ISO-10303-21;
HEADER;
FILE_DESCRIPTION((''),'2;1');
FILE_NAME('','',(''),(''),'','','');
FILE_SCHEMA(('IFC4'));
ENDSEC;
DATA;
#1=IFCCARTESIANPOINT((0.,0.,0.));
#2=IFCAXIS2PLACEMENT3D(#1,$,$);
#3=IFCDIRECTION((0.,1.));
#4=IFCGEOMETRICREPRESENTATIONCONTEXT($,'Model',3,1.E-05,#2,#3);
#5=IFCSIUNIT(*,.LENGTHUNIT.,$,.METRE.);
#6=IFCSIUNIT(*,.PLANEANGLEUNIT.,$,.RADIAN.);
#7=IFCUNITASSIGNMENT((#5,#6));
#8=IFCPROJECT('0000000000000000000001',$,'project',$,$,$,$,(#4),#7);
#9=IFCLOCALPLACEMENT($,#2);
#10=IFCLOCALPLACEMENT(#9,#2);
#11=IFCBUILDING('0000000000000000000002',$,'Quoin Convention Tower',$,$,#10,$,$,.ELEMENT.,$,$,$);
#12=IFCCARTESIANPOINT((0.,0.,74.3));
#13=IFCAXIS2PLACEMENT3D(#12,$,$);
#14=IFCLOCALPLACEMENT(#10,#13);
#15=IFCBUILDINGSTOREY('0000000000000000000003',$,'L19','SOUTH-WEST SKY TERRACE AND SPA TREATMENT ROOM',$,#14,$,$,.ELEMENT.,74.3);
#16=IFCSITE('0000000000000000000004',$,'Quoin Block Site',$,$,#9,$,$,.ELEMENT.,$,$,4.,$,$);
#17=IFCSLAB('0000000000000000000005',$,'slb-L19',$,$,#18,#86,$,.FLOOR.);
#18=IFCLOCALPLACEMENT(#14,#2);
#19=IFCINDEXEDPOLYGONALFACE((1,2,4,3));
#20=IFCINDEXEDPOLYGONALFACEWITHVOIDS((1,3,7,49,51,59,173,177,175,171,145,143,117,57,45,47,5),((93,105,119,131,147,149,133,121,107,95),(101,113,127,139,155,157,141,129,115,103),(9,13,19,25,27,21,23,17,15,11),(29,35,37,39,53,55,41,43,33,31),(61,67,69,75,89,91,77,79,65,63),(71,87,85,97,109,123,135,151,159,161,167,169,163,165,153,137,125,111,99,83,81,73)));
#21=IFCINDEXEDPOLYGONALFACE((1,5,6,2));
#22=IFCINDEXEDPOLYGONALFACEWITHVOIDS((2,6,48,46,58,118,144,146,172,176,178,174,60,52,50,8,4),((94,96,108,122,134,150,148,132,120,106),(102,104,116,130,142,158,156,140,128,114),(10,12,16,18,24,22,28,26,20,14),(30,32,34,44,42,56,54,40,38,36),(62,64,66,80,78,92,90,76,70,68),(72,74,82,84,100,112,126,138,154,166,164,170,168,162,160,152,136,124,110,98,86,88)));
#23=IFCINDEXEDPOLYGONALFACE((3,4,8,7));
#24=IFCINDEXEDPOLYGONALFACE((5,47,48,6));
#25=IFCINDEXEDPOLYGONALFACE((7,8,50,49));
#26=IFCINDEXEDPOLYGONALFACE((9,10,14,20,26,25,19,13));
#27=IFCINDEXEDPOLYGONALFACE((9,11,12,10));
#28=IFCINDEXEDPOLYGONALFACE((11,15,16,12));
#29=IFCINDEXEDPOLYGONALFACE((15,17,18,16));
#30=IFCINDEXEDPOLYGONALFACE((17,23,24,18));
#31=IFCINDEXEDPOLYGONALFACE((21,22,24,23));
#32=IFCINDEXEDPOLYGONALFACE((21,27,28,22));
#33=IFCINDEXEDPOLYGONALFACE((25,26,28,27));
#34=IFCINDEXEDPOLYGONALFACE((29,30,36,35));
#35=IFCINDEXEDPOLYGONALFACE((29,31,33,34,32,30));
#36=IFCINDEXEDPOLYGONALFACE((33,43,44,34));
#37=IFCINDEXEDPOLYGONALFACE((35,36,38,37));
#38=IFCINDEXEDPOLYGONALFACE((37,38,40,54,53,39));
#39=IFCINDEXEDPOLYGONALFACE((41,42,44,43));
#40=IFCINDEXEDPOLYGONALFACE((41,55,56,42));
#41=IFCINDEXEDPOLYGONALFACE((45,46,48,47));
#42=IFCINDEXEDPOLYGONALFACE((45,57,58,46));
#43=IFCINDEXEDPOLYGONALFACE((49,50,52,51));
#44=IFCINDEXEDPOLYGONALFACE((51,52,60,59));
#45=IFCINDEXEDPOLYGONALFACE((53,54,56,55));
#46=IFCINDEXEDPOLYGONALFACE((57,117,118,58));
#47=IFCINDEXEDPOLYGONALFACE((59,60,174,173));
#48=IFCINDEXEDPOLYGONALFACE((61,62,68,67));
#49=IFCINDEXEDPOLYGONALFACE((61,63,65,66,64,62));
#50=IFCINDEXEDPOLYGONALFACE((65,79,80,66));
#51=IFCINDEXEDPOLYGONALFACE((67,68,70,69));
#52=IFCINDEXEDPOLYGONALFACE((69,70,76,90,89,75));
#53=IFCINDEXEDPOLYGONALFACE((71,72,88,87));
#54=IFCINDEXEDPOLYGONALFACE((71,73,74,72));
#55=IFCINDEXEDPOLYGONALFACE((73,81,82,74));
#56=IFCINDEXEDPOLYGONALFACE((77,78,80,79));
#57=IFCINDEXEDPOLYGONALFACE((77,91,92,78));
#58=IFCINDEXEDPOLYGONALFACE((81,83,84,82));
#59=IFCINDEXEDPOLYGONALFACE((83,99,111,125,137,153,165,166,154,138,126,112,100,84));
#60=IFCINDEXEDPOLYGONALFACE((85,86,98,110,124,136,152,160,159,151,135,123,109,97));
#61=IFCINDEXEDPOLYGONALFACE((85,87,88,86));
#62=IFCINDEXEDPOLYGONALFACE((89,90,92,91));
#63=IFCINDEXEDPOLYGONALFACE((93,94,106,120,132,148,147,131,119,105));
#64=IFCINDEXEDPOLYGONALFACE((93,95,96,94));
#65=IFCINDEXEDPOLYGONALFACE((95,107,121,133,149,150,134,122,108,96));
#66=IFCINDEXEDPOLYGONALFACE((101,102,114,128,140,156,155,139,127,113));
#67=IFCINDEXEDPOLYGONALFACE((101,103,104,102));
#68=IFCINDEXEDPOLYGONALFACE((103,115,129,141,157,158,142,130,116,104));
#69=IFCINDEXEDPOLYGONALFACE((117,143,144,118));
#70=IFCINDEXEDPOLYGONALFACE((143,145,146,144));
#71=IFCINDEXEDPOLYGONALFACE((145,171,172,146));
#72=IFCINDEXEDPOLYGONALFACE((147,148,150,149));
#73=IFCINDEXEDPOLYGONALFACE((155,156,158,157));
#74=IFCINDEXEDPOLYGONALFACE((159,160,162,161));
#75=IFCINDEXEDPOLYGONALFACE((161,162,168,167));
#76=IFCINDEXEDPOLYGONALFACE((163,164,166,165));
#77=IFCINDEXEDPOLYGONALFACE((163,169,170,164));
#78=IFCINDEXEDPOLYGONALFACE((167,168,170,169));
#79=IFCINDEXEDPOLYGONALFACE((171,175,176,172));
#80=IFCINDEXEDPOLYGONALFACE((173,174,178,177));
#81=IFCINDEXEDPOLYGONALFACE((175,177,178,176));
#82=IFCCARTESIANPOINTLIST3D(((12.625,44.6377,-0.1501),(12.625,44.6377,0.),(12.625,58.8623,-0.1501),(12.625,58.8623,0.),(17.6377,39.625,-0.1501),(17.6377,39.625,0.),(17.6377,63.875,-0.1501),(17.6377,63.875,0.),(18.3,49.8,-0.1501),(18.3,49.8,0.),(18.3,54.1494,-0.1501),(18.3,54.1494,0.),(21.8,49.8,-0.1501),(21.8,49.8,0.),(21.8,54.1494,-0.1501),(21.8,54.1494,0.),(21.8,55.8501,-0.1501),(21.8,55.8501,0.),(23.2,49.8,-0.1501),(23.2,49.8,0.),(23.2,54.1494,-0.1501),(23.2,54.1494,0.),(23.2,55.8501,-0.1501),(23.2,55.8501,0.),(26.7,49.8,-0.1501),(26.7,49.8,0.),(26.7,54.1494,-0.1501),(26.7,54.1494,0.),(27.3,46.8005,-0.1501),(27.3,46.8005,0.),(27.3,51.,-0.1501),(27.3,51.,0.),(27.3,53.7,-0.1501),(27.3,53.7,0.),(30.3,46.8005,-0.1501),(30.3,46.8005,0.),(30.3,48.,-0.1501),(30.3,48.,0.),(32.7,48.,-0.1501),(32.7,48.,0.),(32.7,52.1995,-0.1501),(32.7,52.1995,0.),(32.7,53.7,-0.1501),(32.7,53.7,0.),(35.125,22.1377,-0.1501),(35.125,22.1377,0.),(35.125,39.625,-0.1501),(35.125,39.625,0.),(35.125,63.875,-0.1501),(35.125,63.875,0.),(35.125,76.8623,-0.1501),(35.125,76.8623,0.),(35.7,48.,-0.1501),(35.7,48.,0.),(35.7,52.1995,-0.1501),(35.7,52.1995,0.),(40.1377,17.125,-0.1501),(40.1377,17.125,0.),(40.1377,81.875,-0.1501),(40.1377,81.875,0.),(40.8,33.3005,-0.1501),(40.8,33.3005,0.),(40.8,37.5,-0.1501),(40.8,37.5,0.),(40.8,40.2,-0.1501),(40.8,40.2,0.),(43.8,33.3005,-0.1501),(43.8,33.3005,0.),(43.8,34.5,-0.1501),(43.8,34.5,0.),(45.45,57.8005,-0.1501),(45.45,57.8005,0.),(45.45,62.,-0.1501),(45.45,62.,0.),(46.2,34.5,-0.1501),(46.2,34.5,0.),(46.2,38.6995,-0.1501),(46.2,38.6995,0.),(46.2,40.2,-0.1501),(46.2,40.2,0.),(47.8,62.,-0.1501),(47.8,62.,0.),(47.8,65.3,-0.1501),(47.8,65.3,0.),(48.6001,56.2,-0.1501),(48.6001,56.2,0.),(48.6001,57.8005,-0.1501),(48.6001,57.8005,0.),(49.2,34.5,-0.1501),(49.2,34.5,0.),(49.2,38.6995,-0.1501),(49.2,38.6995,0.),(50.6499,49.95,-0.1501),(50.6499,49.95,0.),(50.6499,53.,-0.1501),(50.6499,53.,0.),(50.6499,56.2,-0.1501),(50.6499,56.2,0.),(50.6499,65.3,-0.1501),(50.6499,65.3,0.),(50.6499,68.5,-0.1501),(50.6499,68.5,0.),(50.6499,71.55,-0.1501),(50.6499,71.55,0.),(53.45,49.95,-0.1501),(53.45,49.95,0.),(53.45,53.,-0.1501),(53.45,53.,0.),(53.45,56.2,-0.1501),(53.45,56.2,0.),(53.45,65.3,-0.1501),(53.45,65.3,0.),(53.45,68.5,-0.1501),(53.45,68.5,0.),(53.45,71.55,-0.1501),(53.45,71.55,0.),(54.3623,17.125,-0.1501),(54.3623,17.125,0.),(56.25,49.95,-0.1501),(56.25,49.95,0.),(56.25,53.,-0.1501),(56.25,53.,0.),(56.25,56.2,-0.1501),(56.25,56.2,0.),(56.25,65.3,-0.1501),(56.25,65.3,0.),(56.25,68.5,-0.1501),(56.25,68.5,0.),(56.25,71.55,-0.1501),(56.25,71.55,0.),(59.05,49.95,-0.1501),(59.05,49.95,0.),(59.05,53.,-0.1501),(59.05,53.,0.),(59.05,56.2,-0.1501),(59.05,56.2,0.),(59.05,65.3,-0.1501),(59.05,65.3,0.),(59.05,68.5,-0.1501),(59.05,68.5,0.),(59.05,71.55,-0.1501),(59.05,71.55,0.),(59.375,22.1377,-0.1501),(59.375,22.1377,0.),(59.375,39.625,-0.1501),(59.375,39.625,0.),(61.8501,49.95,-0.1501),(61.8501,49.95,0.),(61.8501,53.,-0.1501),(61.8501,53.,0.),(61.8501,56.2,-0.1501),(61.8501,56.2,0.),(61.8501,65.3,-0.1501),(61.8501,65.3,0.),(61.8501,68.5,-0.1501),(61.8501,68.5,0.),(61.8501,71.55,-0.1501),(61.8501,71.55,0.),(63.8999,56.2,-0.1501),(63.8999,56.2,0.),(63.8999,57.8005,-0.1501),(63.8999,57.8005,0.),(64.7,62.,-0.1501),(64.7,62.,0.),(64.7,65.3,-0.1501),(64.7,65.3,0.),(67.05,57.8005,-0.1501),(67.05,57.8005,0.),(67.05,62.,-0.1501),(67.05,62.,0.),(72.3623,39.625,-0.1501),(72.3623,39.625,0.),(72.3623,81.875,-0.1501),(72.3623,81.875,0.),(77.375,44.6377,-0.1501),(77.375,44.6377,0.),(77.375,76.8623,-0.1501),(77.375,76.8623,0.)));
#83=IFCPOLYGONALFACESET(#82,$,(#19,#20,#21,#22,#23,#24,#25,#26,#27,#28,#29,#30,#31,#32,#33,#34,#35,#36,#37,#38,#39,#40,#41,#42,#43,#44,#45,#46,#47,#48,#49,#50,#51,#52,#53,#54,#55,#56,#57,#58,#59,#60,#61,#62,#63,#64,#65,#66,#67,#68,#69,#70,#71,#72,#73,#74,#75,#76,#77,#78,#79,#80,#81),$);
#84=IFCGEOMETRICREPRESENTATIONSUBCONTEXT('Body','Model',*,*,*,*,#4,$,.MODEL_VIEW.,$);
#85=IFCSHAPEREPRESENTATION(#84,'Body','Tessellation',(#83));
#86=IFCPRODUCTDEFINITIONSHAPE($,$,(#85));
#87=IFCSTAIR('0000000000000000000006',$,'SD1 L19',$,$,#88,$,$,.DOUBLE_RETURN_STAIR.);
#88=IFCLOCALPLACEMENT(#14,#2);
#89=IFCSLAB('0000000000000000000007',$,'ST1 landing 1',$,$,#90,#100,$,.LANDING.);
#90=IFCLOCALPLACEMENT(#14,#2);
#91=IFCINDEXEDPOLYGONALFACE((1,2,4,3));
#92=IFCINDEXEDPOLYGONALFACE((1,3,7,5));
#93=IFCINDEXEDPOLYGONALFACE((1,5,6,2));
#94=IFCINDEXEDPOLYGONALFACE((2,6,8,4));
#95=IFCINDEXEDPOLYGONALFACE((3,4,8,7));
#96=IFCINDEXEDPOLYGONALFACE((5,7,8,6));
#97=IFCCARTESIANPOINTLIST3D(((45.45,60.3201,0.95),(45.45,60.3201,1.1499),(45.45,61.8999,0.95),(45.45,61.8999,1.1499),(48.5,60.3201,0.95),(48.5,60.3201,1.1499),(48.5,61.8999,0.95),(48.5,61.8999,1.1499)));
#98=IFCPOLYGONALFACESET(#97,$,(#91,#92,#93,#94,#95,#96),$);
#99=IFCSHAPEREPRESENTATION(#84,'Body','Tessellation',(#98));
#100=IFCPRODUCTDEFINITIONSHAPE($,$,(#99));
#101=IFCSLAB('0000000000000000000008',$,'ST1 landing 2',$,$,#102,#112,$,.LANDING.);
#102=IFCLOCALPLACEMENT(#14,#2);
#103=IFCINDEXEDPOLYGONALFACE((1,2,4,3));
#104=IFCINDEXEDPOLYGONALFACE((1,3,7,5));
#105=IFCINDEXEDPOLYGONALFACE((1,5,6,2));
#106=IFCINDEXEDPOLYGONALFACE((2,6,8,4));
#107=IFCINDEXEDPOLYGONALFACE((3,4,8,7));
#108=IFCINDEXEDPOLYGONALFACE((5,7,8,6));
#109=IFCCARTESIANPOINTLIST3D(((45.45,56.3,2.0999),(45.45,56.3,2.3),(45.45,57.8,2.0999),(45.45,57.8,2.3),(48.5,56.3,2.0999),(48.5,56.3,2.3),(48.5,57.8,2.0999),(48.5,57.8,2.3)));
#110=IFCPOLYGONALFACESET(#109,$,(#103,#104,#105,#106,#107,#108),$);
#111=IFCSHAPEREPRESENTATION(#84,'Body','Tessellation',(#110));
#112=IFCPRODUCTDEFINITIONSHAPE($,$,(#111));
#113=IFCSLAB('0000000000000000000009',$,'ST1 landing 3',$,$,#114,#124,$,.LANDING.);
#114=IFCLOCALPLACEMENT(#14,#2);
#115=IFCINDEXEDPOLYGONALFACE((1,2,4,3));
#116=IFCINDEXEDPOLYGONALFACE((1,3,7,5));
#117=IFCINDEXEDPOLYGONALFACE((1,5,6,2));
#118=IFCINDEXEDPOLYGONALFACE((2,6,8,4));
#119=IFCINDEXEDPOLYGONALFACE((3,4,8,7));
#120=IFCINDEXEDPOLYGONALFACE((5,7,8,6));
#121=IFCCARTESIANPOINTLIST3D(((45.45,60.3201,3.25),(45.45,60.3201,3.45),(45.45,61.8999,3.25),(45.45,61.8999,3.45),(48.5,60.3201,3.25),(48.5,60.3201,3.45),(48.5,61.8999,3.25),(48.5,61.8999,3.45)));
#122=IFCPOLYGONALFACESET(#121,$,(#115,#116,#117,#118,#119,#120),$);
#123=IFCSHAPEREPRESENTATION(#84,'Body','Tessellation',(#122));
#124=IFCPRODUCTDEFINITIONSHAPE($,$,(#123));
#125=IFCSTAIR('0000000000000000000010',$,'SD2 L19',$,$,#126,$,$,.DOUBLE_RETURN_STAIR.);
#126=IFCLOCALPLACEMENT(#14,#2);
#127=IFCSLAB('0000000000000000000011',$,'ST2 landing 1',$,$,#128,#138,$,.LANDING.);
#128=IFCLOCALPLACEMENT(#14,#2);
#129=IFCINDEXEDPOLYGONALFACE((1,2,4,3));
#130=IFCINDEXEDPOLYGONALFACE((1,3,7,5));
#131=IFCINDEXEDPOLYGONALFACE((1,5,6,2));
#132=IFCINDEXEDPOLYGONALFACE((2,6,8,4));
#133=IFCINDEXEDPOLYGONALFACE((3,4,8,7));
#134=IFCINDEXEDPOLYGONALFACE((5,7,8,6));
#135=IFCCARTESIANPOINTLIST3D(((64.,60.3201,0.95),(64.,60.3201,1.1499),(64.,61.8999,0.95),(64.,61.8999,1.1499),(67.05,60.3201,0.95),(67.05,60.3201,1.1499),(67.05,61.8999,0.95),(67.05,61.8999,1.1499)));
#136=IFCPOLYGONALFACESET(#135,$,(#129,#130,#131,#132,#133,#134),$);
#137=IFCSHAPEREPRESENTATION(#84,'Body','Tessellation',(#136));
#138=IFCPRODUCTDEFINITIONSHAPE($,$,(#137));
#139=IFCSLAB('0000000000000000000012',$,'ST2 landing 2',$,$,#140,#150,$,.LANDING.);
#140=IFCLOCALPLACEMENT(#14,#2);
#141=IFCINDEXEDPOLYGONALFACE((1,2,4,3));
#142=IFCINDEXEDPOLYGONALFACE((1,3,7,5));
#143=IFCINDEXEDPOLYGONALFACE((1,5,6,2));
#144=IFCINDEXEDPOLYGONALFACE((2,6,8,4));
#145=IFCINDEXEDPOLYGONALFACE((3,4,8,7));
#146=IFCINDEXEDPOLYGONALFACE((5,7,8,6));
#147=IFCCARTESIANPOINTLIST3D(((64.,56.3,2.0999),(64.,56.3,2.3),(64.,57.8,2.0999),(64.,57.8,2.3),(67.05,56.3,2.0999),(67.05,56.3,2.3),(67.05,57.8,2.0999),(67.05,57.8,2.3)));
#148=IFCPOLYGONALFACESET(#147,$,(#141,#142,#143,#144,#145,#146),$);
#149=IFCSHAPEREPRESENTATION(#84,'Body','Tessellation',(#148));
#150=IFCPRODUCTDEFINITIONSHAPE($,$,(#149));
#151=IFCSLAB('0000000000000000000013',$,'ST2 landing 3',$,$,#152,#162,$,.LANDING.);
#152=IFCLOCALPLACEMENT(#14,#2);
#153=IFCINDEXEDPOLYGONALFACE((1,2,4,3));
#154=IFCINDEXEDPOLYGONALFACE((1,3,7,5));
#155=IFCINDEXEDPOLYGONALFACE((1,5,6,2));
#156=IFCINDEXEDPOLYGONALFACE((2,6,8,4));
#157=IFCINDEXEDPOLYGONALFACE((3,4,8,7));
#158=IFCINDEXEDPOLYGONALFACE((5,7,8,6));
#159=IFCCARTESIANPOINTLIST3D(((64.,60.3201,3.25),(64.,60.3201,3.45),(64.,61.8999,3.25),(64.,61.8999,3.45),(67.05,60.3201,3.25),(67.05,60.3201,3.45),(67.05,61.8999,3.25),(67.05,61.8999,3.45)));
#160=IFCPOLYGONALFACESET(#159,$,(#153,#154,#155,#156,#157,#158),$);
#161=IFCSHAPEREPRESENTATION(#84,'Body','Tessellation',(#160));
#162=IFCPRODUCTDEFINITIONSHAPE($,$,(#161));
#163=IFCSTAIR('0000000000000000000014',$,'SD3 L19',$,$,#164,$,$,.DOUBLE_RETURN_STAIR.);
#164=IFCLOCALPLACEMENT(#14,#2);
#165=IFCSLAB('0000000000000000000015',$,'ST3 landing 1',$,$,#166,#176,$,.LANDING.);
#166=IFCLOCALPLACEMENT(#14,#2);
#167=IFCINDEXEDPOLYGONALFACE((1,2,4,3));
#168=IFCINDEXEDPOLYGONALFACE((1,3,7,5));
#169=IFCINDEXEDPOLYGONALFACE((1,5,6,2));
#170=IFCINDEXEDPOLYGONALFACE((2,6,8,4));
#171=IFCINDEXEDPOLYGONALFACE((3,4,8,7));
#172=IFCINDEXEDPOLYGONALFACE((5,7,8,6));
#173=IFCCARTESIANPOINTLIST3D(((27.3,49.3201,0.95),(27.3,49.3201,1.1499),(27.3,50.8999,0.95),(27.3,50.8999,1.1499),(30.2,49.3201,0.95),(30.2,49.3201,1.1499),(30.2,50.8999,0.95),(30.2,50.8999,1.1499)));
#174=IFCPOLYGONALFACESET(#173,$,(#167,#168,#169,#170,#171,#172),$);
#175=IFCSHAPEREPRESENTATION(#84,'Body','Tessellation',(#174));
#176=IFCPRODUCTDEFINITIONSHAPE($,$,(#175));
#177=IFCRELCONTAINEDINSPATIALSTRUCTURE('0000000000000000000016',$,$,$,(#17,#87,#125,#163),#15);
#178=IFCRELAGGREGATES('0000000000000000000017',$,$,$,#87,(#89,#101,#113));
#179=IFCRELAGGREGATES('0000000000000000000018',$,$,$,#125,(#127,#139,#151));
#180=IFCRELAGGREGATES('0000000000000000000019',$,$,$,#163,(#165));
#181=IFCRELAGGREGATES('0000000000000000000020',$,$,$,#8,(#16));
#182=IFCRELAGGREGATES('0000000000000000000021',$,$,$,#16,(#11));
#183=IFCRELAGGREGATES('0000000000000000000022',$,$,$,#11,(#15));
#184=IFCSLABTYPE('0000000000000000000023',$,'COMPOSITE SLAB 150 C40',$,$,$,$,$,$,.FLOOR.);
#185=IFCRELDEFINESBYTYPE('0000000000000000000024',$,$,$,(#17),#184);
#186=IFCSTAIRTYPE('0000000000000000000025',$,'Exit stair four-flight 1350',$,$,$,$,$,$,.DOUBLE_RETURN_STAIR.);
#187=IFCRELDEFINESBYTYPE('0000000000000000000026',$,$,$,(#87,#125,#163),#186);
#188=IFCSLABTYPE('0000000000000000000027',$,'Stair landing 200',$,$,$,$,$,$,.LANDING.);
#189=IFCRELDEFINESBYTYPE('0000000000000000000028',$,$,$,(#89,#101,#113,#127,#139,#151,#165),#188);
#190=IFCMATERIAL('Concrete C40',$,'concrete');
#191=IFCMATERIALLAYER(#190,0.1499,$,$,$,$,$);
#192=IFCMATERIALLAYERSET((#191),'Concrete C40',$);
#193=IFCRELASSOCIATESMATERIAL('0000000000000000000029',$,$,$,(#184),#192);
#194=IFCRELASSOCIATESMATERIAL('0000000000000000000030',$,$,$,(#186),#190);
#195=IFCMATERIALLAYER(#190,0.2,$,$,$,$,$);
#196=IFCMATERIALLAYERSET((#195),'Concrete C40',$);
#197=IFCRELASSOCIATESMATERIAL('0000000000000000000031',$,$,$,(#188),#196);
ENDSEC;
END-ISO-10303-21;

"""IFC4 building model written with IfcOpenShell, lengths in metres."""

from ifc_helpers import new_model, si_unit, direction, frame, origin, place, context, subcontext, project, spatial, polyline, outline, extrude, material, layer, layer_set, type_object, element, aggregate, save


model = new_model("IFC4")

# Units and contexts
model_context = context("Model", 3, precision=1e-05, world=origin(), true_north=direction((0.0, 1.0)))
body_context = subcontext(model_context, "Body", "Model", "MODEL_VIEW")
ifc_project = project(units=[si_unit("LENGTHUNIT", "METRE"), si_unit("PLANEANGLEUNIT", "RADIAN")], contexts=[model_context])

# Site, building, storey
site_placement = place(None, origin())
site = spatial("IfcSite", under=ifc_project, at=site_placement, Name="Quoin Block Site", CompositionType="ELEMENT", RefElevation=4.0)
building_placement = place(site_placement, origin())
building = spatial("IfcBuilding", under=site, at=building_placement, Name="Quoin Convention Tower", CompositionType="ELEMENT")
storey_placement = place(building_placement, frame((0.0, 0.0, 74.3)))
storey = spatial("IfcBuildingStorey", under=building, at=storey_placement, Name="L19", Description="SOUTH-WEST SKY TERRACE AND SPA TREATMENT ROOM", CompositionType="ELEMENT", Elevation=74.3)

# Slab
ifc_material_1 = material(Name="Concrete C40", Category="concrete")
ifc_layer_1 = layer(ifc_material_1, 0.1499)
ifc_layer_set_1 = layer_set([ifc_layer_1], Name="Concrete C40")
slab_type_1 = type_object("IfcSlabType", Name="COMPOSITE SLAB 150 C40", PredefinedType="FLOOR", material=ifc_layer_set_1)
slab_1_placement = place(storey_placement, frame((0.0, 0.0, -0.1501)))
element("IfcSlab", 1, at=slab_1_placement, inside=storey, type_object=slab_type_1, Name="slb-L19", PredefinedType="FLOOR", context=body_context, shape_type="SweptSolid", body=[
    extrude(outline(polyline([(59.375, 22.1377), (54.3623, 17.125), (40.1377, 17.125), (35.125, 22.1377), (35.125, 39.625), (17.6377, 39.625), (12.625, 44.6377), (12.625, 58.8623), (17.6377, 63.875), (35.125, 63.875), (35.125, 76.8623), (40.1377, 81.875), (72.3623, 81.875), (77.375, 76.8623), (77.375, 44.6377), (72.3623, 39.625), (59.375, 39.625), (59.375, 22.1377)]), holes=[polyline([(40.8, 40.2), (40.8, 37.5), (40.8, 33.3005), (43.8, 33.3005), (43.8, 34.5), (46.2, 34.5), (49.2, 34.5), (49.2, 38.6995), (46.2, 38.6995), (46.2, 40.2), (40.8, 40.2)]), polyline([(35.7, 52.1995), (32.7, 52.1995), (32.7, 53.7), (27.3, 53.7), (27.3, 51.0), (27.3, 46.8005), (30.3, 46.8005), (30.3, 48.0), (32.7, 48.0), (35.7, 48.0), (35.7, 52.1995)]), polyline([(53.45, 49.95), (56.25, 49.95), (59.05, 49.95), (61.8501, 49.95), (61.8501, 53.0), (59.05, 53.0), (56.25, 53.0), (53.45, 53.0), (50.6499, 53.0), (50.6499, 49.95), (53.45, 49.95)]), polyline([(21.8, 55.8501), (21.8, 54.1494), (18.3, 54.1494), (18.3, 49.8), (21.8, 49.8), (23.2, 49.8), (26.7, 49.8), (26.7, 54.1494), (23.2, 54.1494), (23.2, 55.8501), (21.8, 55.8501)]), polyline([(48.6001, 57.8005), (48.6001, 56.2), (50.6499, 56.2), (53.45, 56.2), (56.25, 56.2), (59.05, 56.2), (61.8501, 56.2), (63.8999, 56.2), (63.8999, 57.8005), (67.05, 57.8005), (67.05, 62.0), (64.7, 62.0), (64.7, 65.3), (61.8501, 65.3), (59.05, 65.3), (56.25, 65.3), (53.45, 65.3), (50.6499, 65.3), (47.8, 65.3), (47.8, 62.0), (45.45, 62.0), (45.45, 57.8005), (48.6001, 57.8005)]), polyline([(50.6499, 68.5), (53.45, 68.5), (56.25, 68.5), (59.05, 68.5), (61.8501, 68.5), (61.8501, 71.55), (59.05, 71.55), (56.25, 71.55), (53.45, 71.55), (50.6499, 71.55), (50.6499, 68.5)])]), origin(), (0.0, 0.0, 1.0), 0.1501),
])

# Stairs, slabs
stair_type_1 = type_object("IfcStairType", Name="Exit stair four-flight 1350", PredefinedType="DOUBLE_RETURN_STAIR", material=ifc_material_1)
stair_1_placement = place(storey_placement, origin())
stair_1 = element("IfcStair", 2, at=stair_1_placement, inside=storey, type_object=stair_type_1, Name="SD1 L19", PredefinedType="DOUBLE_RETURN_STAIR")
ifc_layer_2 = layer(ifc_material_1, 0.2)
ifc_layer_set_2 = layer_set([ifc_layer_2], Name="Concrete C40")
slab_type_2 = type_object("IfcSlabType", Name="Stair landing 200", PredefinedType="LANDING", material=ifc_layer_set_2)
slab_2_placement = place(storey_placement, frame((0.0, 0.0, 0.95)))
slab_2 = element("IfcSlab", 3, at=slab_2_placement, type_object=slab_type_2, Name="ST1 landing 1", PredefinedType="LANDING", context=body_context, shape_type="SweptSolid", body=[
    extrude(outline(polyline([(45.45, 60.3201), (48.5, 60.3201), (48.5, 61.8999), (45.45, 61.8999), (45.45, 60.3201)])), origin(), (0.0, 0.0, 1.0), 0.2),
])
slab_3_placement = place(storey_placement, frame((0.0, 0.0, 2.0999)))
slab_3 = element("IfcSlab", 4, at=slab_3_placement, type_object=slab_type_2, Name="ST1 landing 2", PredefinedType="LANDING", context=body_context, shape_type="SweptSolid", body=[
    extrude(outline(polyline([(45.45, 56.3), (48.5, 56.3), (48.5, 57.8), (45.45, 57.8), (45.45, 56.3)])), origin(), (0.0, 0.0, 1.0), 0.2002),
])
slab_4_placement = place(storey_placement, frame((0.0, 0.0, 3.25)))
slab_4 = element("IfcSlab", 5, at=slab_4_placement, type_object=slab_type_2, Name="ST1 landing 3", PredefinedType="LANDING", context=body_context, shape_type="SweptSolid", body=[
    extrude(outline(polyline([(45.45, 60.3201), (48.5, 60.3201), (48.5, 61.8999), (45.45, 61.8999), (45.45, 60.3201)])), origin(), (0.0, 0.0, 1.0), 0.2),
])
aggregate(stair_1, [slab_2, slab_3, slab_4])
stair_2_placement = place(storey_placement, origin())
stair_2 = element("IfcStair", 6, at=stair_2_placement, inside=storey, type_object=stair_type_1, Name="SD2 L19", PredefinedType="DOUBLE_RETURN_STAIR")
slab_5_placement = place(storey_placement, frame((0.0, 0.0, 0.95)))
slab_5 = element("IfcSlab", 7, at=slab_5_placement, type_object=slab_type_2, Name="ST2 landing 1", PredefinedType="LANDING", context=body_context, shape_type="SweptSolid", body=[
    extrude(outline(polyline([(64.0, 60.3201), (67.05, 60.3201), (67.05, 61.8999), (64.0, 61.8999), (64.0, 60.3201)])), origin(), (0.0, 0.0, 1.0), 0.2),
])
slab_6_placement = place(storey_placement, frame((0.0, 0.0, 2.0999)))
slab_6 = element("IfcSlab", 8, at=slab_6_placement, type_object=slab_type_2, Name="ST2 landing 2", PredefinedType="LANDING", context=body_context, shape_type="SweptSolid", body=[
    extrude(outline(polyline([(64.0, 56.3), (67.05, 56.3), (67.05, 57.8), (64.0, 57.8), (64.0, 56.3)])), origin(), (0.0, 0.0, 1.0), 0.2002),
])
slab_7_placement = place(storey_placement, frame((0.0, 0.0, 3.25)))
slab_7 = element("IfcSlab", 9, at=slab_7_placement, type_object=slab_type_2, Name="ST2 landing 3", PredefinedType="LANDING", context=body_context, shape_type="SweptSolid", body=[
    extrude(outline(polyline([(64.0, 60.3201), (67.05, 60.3201), (67.05, 61.8999), (64.0, 61.8999), (64.0, 60.3201)])), origin(), (0.0, 0.0, 1.0), 0.2),
])
aggregate(stair_2, [slab_5, slab_6, slab_7])
stair_3_placement = place(storey_placement, origin())
stair_3 = element("IfcStair", 10, at=stair_3_placement, inside=storey, type_object=stair_type_1, Name="SD3 L19", PredefinedType="DOUBLE_RETURN_STAIR")
slab_8_placement = place(storey_placement, frame((0.0, 0.0, 0.95)))
slab_8 = element("IfcSlab", 11, at=slab_8_placement, type_object=slab_type_2, Name="ST3 landing 1", PredefinedType="LANDING", context=body_context, shape_type="SweptSolid", body=[
    extrude(outline(polyline([(27.3, 49.3201), (30.2, 49.3201), (30.2, 50.8999), (27.3, 50.8999), (27.3, 49.3201)])), origin(), (0.0, 0.0, 1.0), 0.2),
])
aggregate(stair_3, [slab_8])

save(model, "model.ifc")
